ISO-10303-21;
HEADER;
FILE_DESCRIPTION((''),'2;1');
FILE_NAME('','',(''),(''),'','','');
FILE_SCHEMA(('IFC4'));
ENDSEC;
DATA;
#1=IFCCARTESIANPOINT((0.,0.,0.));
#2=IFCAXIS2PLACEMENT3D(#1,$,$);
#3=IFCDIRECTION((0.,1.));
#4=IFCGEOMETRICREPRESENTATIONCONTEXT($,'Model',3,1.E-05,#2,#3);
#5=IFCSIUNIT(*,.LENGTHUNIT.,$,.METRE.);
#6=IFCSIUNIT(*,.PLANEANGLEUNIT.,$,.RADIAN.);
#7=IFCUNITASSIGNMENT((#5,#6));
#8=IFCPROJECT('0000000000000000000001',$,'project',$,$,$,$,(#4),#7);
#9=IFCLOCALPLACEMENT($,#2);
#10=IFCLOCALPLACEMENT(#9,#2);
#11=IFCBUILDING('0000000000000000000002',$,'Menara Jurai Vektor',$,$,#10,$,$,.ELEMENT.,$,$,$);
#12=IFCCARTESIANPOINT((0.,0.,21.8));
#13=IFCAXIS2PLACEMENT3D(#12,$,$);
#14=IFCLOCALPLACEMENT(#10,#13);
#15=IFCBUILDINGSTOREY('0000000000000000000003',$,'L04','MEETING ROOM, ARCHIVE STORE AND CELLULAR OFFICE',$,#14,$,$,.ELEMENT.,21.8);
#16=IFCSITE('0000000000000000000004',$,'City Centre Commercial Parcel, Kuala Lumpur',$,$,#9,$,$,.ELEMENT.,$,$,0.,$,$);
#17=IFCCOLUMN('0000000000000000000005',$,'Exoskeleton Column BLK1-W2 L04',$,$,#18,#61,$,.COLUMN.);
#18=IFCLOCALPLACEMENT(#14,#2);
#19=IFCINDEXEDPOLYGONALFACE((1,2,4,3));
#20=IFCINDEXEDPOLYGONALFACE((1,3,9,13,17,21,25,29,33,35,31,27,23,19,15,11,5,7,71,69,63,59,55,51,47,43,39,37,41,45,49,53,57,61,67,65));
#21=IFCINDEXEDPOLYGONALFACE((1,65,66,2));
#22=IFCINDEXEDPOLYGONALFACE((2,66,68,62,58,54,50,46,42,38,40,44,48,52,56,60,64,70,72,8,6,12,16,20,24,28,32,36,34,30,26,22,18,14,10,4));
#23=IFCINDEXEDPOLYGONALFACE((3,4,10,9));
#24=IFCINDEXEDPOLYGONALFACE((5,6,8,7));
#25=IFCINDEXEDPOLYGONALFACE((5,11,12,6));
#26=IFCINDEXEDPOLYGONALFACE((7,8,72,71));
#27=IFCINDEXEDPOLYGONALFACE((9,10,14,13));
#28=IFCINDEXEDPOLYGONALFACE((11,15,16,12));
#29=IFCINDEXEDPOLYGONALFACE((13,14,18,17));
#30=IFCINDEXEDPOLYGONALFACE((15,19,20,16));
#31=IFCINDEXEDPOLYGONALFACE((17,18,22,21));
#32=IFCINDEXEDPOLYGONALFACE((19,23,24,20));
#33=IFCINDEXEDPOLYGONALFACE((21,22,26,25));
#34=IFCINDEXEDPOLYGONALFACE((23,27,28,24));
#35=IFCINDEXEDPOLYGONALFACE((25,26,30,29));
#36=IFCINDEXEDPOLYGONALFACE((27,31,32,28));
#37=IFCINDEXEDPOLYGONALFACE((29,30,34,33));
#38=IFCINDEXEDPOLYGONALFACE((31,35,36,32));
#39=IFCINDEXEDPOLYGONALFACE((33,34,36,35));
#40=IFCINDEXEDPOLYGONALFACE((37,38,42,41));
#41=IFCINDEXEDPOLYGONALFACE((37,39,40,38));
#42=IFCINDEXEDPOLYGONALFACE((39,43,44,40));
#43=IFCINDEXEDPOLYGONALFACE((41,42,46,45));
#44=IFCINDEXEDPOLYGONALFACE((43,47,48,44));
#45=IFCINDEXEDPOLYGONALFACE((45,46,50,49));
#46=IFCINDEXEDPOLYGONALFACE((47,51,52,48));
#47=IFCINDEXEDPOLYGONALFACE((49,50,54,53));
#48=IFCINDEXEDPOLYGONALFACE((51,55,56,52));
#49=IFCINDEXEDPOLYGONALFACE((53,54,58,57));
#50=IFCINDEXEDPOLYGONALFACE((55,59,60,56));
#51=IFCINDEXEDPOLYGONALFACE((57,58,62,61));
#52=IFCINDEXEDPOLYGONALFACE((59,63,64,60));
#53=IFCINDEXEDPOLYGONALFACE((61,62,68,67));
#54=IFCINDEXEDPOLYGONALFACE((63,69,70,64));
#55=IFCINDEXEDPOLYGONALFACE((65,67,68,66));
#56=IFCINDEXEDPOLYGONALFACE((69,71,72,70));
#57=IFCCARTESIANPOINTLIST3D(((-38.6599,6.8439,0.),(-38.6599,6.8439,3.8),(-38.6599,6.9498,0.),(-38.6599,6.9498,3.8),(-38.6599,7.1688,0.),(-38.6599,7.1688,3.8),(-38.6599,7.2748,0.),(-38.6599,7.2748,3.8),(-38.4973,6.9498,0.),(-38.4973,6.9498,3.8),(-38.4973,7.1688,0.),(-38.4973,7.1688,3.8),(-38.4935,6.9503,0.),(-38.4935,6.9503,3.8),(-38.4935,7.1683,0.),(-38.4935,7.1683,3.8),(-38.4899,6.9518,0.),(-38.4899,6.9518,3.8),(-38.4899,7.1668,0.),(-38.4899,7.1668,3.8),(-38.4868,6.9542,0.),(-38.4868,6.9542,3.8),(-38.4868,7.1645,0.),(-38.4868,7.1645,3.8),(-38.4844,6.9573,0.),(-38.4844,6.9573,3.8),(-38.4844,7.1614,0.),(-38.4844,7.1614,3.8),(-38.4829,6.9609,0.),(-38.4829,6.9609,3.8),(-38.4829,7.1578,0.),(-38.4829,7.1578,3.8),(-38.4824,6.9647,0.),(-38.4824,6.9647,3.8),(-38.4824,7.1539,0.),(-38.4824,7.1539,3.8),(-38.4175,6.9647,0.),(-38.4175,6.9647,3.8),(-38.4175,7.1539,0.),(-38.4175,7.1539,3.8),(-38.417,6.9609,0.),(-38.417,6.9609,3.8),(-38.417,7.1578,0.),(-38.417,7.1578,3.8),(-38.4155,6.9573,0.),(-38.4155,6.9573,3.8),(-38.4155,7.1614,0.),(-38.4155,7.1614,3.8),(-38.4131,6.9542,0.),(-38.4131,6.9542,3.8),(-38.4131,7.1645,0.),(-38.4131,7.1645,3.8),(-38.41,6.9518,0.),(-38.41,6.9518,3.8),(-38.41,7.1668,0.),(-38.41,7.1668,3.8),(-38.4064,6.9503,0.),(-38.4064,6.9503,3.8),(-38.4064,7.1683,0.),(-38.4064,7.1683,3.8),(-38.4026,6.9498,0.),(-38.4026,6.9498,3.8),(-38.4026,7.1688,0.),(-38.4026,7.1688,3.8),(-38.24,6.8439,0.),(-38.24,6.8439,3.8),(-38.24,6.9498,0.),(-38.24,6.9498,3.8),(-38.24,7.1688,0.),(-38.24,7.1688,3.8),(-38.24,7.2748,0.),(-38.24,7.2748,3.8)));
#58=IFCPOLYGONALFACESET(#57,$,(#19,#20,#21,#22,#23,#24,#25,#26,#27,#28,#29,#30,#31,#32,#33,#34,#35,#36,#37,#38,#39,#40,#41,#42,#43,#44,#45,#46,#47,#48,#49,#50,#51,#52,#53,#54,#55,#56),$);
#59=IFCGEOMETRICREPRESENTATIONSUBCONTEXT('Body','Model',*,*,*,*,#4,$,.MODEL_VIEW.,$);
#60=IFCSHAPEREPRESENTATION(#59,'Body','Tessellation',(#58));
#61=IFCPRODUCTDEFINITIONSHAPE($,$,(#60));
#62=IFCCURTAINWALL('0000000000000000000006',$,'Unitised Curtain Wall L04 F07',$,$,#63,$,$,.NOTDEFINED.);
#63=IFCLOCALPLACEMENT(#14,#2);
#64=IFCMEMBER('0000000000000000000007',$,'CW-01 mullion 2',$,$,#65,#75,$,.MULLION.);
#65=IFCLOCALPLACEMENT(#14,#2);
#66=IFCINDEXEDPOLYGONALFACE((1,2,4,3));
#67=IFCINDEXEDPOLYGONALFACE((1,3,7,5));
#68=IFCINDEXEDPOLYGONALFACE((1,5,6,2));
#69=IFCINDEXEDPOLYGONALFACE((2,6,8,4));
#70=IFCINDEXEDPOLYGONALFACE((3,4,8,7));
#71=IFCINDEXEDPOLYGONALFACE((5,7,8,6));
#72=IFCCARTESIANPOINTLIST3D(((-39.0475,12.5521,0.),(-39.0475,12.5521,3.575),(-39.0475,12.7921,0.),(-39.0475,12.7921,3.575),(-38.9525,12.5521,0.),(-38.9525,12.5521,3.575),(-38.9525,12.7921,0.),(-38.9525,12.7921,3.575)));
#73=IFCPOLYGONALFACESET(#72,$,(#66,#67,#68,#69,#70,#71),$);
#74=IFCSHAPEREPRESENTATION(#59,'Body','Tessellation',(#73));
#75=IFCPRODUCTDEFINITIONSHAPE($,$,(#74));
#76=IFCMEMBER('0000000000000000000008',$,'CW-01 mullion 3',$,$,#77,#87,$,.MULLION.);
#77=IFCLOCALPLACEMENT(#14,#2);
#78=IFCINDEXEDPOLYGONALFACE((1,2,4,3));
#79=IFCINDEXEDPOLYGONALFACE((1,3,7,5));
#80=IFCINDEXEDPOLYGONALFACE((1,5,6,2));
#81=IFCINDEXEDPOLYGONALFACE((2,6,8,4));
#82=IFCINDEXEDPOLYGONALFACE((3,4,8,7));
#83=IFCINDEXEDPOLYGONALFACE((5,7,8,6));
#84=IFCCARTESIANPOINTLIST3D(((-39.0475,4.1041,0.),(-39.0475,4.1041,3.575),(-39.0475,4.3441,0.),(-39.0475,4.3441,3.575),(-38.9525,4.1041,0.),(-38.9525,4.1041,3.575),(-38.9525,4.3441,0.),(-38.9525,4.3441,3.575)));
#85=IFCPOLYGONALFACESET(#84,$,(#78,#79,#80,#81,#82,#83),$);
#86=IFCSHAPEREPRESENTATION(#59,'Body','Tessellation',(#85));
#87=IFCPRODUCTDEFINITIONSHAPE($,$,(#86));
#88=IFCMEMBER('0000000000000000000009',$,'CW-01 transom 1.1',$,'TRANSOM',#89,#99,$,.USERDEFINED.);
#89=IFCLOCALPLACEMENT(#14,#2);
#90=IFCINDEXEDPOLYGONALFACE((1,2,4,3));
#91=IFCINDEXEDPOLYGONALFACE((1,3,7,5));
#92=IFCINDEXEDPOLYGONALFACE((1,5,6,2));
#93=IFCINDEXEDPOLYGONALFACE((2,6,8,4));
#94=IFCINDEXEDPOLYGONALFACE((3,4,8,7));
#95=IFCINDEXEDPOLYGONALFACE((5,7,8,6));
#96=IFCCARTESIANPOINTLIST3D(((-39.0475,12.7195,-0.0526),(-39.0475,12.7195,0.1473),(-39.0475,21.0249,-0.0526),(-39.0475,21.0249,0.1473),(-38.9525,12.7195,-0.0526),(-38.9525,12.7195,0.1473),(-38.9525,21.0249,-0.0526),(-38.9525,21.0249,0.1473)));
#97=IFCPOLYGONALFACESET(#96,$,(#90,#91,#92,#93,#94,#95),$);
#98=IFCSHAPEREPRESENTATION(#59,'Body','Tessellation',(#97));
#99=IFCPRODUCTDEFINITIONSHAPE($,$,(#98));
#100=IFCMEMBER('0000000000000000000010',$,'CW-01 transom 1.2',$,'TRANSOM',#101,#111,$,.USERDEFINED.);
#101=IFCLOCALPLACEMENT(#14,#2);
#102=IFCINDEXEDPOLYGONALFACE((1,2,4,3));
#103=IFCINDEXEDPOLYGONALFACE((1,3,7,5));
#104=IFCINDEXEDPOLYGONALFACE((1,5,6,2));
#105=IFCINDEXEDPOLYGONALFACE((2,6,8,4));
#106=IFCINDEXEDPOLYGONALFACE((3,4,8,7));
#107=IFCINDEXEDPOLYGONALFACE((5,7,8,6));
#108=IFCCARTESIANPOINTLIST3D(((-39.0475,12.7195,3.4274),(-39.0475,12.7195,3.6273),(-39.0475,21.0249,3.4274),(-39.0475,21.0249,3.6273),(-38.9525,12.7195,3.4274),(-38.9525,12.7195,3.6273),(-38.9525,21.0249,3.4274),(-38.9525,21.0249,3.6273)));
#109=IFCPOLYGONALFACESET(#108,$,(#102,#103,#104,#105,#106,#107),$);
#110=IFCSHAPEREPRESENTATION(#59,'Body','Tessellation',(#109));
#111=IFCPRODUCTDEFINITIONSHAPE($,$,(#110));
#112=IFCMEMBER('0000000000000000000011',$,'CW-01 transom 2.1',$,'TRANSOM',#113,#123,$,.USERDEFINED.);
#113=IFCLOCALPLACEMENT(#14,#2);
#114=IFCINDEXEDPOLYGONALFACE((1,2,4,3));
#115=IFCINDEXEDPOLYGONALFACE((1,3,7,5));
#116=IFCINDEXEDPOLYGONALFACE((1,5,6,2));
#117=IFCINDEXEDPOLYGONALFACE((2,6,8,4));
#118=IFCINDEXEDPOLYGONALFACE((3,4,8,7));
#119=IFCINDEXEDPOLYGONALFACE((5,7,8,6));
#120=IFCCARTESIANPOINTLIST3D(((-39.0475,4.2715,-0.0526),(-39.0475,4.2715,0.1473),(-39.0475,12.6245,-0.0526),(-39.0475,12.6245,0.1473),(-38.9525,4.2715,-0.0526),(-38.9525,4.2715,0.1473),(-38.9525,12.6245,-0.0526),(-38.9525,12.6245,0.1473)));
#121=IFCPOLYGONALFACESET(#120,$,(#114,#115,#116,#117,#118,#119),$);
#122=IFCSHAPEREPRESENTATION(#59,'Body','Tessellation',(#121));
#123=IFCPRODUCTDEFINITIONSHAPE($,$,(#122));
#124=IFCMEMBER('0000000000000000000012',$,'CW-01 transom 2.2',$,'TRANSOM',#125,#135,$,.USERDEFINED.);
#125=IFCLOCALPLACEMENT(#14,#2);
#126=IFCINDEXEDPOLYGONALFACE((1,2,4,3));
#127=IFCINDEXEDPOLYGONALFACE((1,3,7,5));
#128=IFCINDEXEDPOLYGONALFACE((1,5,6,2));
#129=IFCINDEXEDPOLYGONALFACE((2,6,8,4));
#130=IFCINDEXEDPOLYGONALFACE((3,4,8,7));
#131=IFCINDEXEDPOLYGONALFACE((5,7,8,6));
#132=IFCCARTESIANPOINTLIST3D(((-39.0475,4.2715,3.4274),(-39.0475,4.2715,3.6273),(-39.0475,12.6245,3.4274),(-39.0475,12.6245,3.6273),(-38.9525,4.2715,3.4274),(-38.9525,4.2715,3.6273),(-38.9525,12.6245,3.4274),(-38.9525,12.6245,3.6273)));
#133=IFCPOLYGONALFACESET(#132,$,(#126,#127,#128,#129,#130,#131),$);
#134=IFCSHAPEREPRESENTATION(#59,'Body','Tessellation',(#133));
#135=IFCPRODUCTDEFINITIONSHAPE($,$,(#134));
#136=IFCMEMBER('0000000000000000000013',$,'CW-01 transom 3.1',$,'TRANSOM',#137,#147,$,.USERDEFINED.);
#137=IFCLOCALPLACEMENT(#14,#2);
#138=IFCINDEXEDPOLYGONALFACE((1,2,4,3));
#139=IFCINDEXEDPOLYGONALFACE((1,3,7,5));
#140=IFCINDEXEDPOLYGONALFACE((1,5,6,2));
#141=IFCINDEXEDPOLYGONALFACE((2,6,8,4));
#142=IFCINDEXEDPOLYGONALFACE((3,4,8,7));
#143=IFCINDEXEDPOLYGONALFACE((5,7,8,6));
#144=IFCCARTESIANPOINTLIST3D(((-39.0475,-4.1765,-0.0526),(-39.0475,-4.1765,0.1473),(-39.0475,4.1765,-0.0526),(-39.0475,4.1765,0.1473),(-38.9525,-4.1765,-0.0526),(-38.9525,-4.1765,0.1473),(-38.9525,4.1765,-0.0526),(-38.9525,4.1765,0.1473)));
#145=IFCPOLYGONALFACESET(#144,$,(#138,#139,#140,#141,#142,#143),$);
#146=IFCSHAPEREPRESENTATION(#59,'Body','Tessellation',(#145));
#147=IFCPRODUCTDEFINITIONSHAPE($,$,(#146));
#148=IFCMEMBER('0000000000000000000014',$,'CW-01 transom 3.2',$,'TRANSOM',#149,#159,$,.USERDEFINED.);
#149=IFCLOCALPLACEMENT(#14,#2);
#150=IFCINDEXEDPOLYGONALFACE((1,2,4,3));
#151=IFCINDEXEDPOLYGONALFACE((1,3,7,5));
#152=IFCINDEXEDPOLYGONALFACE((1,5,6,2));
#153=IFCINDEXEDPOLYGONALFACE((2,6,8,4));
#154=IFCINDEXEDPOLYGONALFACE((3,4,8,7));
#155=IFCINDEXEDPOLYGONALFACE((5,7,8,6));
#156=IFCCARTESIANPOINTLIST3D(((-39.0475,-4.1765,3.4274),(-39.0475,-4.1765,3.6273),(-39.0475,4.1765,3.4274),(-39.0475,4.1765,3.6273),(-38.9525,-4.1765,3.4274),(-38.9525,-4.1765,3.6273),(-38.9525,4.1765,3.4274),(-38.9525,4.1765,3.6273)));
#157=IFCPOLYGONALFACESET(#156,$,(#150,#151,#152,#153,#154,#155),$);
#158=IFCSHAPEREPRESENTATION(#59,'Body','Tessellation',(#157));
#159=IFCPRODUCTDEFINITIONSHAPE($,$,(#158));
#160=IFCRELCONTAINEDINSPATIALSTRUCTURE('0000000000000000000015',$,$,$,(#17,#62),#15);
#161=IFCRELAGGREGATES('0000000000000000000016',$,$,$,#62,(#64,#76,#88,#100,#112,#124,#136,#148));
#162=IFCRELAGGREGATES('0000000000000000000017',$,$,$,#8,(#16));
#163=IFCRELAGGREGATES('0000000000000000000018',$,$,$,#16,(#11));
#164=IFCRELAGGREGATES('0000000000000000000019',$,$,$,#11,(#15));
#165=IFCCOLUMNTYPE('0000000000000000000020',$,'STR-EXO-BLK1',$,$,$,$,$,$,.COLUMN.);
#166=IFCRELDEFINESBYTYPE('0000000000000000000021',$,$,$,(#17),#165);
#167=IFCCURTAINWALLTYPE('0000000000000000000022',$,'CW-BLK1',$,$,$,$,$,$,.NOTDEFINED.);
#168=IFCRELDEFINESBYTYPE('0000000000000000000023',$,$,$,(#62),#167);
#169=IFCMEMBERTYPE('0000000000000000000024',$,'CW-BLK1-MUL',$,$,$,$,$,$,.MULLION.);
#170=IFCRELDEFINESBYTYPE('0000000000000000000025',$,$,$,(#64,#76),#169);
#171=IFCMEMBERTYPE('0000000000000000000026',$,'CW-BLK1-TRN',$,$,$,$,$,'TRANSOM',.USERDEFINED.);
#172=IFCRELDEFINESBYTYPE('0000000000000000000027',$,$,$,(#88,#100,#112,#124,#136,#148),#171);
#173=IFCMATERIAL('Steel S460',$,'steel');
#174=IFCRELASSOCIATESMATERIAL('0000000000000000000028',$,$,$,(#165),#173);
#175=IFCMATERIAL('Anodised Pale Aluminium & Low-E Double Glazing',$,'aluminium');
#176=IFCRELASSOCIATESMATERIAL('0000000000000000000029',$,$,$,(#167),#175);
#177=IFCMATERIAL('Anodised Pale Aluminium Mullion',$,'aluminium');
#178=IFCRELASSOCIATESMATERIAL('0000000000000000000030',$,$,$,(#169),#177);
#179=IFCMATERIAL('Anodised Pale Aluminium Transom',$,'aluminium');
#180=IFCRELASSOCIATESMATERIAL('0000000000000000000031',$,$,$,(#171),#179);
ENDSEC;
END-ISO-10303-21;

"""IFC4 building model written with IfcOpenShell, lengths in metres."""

from ifc_helpers import new_model, si_unit, direction, frame, origin, origin_2d, place, context, subcontext, project, spatial, rectangle, i_section, extrude, material, material_profile, profile_set, type_object, element, aggregate, save


model = new_model("IFC4")

# Units and contexts
model_context = context("Model", 3, precision=1e-05, world=origin(), true_north=direction((0.0, 1.0)))
body_context = subcontext(model_context, "Body", "Model", "MODEL_VIEW")
ifc_project = project(units=[si_unit("LENGTHUNIT", "METRE"), si_unit("PLANEANGLEUNIT", "RADIAN")], contexts=[model_context])

# Site, building, storey
site_placement = place(None, origin())
site = spatial("IfcSite", under=ifc_project, at=site_placement, Name="City Centre Commercial Parcel, Kuala Lumpur", CompositionType="ELEMENT", RefElevation=0.0)
building_placement = place(site_placement, origin())
building = spatial("IfcBuilding", under=site, at=building_placement, Name="Menara Jurai Vektor", CompositionType="ELEMENT")
storey_placement = place(building_placement, frame((0.0, 0.0, 21.8)))
storey = spatial("IfcBuildingStorey", under=building, at=storey_placement, Name="L04", Description="MEETING ROOM, ARCHIVE STORE AND CELLULAR OFFICE", CompositionType="ELEMENT", Elevation=21.8)

# Column
ifc_material_1 = material(Name="Steel S460", Category="steel")
ifc_material_profile_1 = material_profile(ifc_material_1, i_section(OverallWidth=0.4199, OverallDepth=0.4309, WebThickness=0.0649, FlangeThickness=0.106, FilletRadius=0.0149, at=origin_2d()), Name="HD 400x900")
ifc_profile_set_1 = profile_set([ifc_material_profile_1], Name="Steel S460")
column_type = type_object("IfcColumnType", Name="STR-EXO-BLK1", PredefinedType="COLUMN", material=ifc_profile_set_1)
column_placement = place(storey_placement, frame((-38.45, 7.0593, 0.0), z_axis=(0.0, 0.0, 1.0), x_axis=(1.0, 0.0, 0.0)))
element("IfcColumn", 1, at=column_placement, inside=storey, type_object=column_type, Name="Exoskeleton Column BLK1-W2 L04", PredefinedType="COLUMN", context=body_context, shape_type="SweptSolid", body=[
    extrude(i_section(OverallWidth=0.4199, OverallDepth=0.4309, WebThickness=0.0649, FlangeThickness=0.106, FilletRadius=0.0149, at=origin_2d()), origin(), (0.0, 0.0, 1.0), 3.8),
])

# Curtain wall, members
ifc_material_2 = material(Name="Anodised Pale Aluminium & Low-E Double Glazing", Category="aluminium")
curtain_wall_type = type_object("IfcCurtainWallType", Name="CW-BLK1", PredefinedType="NOTDEFINED", material=ifc_material_2)
curtain_wall_placement = place(storey_placement, origin())
curtain_wall = element("IfcCurtainWall", 2, at=curtain_wall_placement, inside=storey, type_object=curtain_wall_type, Name="Unitised Curtain Wall L04 F07", PredefinedType="NOTDEFINED")
ifc_material_3 = material(Name="Anodised Pale Aluminium Mullion", Category="aluminium")
ifc_material_profile_2 = material_profile(ifc_material_3, rectangle(XDim=0.095, YDim=0.24, at=origin_2d()), Name="ALU MUL 95x240")
ifc_profile_set_2 = profile_set([ifc_material_profile_2], Name="Anodised Pale Aluminium Mullion")
member_type_1 = type_object("IfcMemberType", Name="CW-BLK1-MUL", PredefinedType="MULLION", material=ifc_profile_set_2)
member_1_placement = place(storey_placement, frame((-39.0, 12.6721, 0.0), z_axis=(0.0, 0.0, 1.0), x_axis=(1.0, 0.0, 0.0)))
member_1 = element("IfcMember", 3, at=member_1_placement, type_object=member_type_1, Name="CW-01 mullion 2", PredefinedType="MULLION", context=body_context, shape_type="SweptSolid", body=[
    extrude(rectangle(XDim=0.095, YDim=0.24, at=origin_2d()), origin(), (0.0, 0.0, 1.0), 3.575),
])
member_2_placement = place(storey_placement, frame((-39.0, 4.2241, 0.0), z_axis=(0.0, 0.0, 1.0), x_axis=(1.0, 0.0, 0.0)))
member_2 = element("IfcMember", 4, at=member_2_placement, type_object=member_type_1, Name="CW-01 mullion 3", PredefinedType="MULLION", context=body_context, shape_type="SweptSolid", body=[
    extrude(rectangle(XDim=0.095, YDim=0.24, at=origin_2d()), origin(), (0.0, 0.0, 1.0), 3.575),
])
ifc_material_4 = material(Name="Anodised Pale Aluminium Transom", Category="aluminium")
ifc_material_profile_3 = material_profile(ifc_material_4, rectangle(XDim=0.095, YDim=0.2, at=origin_2d()), Name="ALU TRN 95x200")
ifc_profile_set_3 = profile_set([ifc_material_profile_3], Name="Anodised Pale Aluminium Transom")
member_type_2 = type_object("IfcMemberType", Name="CW-BLK1-TRN", ElementType="TRANSOM", PredefinedType="USERDEFINED", material=ifc_profile_set_3)
member_3_placement = place(storey_placement, frame((-39.0, 21.0249, 0.0474), z_axis=(0.0, -1.0, 0.0), x_axis=(1.0, 0.0, 0.0)))
member_3 = element("IfcMember", 5, at=member_3_placement, type_object=member_type_2, Name="CW-01 transom 1.1", ObjectType="TRANSOM", PredefinedType="USERDEFINED", context=body_context, shape_type="SweptSolid", body=[
    extrude(rectangle(XDim=0.095, YDim=0.2, at=origin_2d()), origin(), (0.0, 0.0, 1.0), 8.3054),
])
member_4_placement = place(storey_placement, frame((-39.0, 21.0249, 3.5273), z_axis=(0.0, -1.0, 0.0), x_axis=(1.0, 0.0, 0.0)))
member_4 = element("IfcMember", 6, at=member_4_placement, type_object=member_type_2, Name="CW-01 transom 1.2", ObjectType="TRANSOM", PredefinedType="USERDEFINED", context=body_context, shape_type="SweptSolid", body=[
    extrude(rectangle(XDim=0.095, YDim=0.2, at=origin_2d()), origin(), (0.0, 0.0, 1.0), 8.3054),
])
member_5_placement = place(storey_placement, frame((-39.0, 12.6245, 0.0474), z_axis=(0.0, -1.0, 0.0), x_axis=(1.0, 0.0, 0.0)))
member_5 = element("IfcMember", 7, at=member_5_placement, type_object=member_type_2, Name="CW-01 transom 2.1", ObjectType="TRANSOM", PredefinedType="USERDEFINED", context=body_context, shape_type="SweptSolid", body=[
    extrude(rectangle(XDim=0.095, YDim=0.2, at=origin_2d()), origin(), (0.0, 0.0, 1.0), 8.353),
])
member_6_placement = place(storey_placement, frame((-39.0, 12.6245, 3.5273), z_axis=(0.0, -1.0, 0.0), x_axis=(1.0, 0.0, 0.0)))
member_6 = element("IfcMember", 8, at=member_6_placement, type_object=member_type_2, Name="CW-01 transom 2.2", ObjectType="TRANSOM", PredefinedType="USERDEFINED", context=body_context, shape_type="SweptSolid", body=[
    extrude(rectangle(XDim=0.095, YDim=0.2, at=origin_2d()), origin(), (0.0, 0.0, 1.0), 8.353),
])
member_7_placement = place(storey_placement, frame((-39.0, 4.1765, 0.0474), z_axis=(0.0, -1.0, 0.0), x_axis=(1.0, 0.0, 0.0)))
member_7 = element("IfcMember", 9, at=member_7_placement, type_object=member_type_2, Name="CW-01 transom 3.1", ObjectType="TRANSOM", PredefinedType="USERDEFINED", context=body_context, shape_type="SweptSolid", body=[
    extrude(rectangle(XDim=0.095, YDim=0.2, at=origin_2d()), origin(), (0.0, 0.0, 1.0), 8.353),
])
member_8_placement = place(storey_placement, frame((-39.0, 4.1765, 3.5273), z_axis=(0.0, -1.0, 0.0), x_axis=(1.0, 0.0, 0.0)))
member_8 = element("IfcMember", 10, at=member_8_placement, type_object=member_type_2, Name="CW-01 transom 3.2", ObjectType="TRANSOM", PredefinedType="USERDEFINED", context=body_context, shape_type="SweptSolid", body=[
    extrude(rectangle(XDim=0.095, YDim=0.2, at=origin_2d()), origin(), (0.0, 0.0, 1.0), 8.353),
])

aggregate(curtain_wall, [member_1, member_2, member_3, member_4, member_5, member_6, member_7, member_8])

save(model, "model.ifc")
